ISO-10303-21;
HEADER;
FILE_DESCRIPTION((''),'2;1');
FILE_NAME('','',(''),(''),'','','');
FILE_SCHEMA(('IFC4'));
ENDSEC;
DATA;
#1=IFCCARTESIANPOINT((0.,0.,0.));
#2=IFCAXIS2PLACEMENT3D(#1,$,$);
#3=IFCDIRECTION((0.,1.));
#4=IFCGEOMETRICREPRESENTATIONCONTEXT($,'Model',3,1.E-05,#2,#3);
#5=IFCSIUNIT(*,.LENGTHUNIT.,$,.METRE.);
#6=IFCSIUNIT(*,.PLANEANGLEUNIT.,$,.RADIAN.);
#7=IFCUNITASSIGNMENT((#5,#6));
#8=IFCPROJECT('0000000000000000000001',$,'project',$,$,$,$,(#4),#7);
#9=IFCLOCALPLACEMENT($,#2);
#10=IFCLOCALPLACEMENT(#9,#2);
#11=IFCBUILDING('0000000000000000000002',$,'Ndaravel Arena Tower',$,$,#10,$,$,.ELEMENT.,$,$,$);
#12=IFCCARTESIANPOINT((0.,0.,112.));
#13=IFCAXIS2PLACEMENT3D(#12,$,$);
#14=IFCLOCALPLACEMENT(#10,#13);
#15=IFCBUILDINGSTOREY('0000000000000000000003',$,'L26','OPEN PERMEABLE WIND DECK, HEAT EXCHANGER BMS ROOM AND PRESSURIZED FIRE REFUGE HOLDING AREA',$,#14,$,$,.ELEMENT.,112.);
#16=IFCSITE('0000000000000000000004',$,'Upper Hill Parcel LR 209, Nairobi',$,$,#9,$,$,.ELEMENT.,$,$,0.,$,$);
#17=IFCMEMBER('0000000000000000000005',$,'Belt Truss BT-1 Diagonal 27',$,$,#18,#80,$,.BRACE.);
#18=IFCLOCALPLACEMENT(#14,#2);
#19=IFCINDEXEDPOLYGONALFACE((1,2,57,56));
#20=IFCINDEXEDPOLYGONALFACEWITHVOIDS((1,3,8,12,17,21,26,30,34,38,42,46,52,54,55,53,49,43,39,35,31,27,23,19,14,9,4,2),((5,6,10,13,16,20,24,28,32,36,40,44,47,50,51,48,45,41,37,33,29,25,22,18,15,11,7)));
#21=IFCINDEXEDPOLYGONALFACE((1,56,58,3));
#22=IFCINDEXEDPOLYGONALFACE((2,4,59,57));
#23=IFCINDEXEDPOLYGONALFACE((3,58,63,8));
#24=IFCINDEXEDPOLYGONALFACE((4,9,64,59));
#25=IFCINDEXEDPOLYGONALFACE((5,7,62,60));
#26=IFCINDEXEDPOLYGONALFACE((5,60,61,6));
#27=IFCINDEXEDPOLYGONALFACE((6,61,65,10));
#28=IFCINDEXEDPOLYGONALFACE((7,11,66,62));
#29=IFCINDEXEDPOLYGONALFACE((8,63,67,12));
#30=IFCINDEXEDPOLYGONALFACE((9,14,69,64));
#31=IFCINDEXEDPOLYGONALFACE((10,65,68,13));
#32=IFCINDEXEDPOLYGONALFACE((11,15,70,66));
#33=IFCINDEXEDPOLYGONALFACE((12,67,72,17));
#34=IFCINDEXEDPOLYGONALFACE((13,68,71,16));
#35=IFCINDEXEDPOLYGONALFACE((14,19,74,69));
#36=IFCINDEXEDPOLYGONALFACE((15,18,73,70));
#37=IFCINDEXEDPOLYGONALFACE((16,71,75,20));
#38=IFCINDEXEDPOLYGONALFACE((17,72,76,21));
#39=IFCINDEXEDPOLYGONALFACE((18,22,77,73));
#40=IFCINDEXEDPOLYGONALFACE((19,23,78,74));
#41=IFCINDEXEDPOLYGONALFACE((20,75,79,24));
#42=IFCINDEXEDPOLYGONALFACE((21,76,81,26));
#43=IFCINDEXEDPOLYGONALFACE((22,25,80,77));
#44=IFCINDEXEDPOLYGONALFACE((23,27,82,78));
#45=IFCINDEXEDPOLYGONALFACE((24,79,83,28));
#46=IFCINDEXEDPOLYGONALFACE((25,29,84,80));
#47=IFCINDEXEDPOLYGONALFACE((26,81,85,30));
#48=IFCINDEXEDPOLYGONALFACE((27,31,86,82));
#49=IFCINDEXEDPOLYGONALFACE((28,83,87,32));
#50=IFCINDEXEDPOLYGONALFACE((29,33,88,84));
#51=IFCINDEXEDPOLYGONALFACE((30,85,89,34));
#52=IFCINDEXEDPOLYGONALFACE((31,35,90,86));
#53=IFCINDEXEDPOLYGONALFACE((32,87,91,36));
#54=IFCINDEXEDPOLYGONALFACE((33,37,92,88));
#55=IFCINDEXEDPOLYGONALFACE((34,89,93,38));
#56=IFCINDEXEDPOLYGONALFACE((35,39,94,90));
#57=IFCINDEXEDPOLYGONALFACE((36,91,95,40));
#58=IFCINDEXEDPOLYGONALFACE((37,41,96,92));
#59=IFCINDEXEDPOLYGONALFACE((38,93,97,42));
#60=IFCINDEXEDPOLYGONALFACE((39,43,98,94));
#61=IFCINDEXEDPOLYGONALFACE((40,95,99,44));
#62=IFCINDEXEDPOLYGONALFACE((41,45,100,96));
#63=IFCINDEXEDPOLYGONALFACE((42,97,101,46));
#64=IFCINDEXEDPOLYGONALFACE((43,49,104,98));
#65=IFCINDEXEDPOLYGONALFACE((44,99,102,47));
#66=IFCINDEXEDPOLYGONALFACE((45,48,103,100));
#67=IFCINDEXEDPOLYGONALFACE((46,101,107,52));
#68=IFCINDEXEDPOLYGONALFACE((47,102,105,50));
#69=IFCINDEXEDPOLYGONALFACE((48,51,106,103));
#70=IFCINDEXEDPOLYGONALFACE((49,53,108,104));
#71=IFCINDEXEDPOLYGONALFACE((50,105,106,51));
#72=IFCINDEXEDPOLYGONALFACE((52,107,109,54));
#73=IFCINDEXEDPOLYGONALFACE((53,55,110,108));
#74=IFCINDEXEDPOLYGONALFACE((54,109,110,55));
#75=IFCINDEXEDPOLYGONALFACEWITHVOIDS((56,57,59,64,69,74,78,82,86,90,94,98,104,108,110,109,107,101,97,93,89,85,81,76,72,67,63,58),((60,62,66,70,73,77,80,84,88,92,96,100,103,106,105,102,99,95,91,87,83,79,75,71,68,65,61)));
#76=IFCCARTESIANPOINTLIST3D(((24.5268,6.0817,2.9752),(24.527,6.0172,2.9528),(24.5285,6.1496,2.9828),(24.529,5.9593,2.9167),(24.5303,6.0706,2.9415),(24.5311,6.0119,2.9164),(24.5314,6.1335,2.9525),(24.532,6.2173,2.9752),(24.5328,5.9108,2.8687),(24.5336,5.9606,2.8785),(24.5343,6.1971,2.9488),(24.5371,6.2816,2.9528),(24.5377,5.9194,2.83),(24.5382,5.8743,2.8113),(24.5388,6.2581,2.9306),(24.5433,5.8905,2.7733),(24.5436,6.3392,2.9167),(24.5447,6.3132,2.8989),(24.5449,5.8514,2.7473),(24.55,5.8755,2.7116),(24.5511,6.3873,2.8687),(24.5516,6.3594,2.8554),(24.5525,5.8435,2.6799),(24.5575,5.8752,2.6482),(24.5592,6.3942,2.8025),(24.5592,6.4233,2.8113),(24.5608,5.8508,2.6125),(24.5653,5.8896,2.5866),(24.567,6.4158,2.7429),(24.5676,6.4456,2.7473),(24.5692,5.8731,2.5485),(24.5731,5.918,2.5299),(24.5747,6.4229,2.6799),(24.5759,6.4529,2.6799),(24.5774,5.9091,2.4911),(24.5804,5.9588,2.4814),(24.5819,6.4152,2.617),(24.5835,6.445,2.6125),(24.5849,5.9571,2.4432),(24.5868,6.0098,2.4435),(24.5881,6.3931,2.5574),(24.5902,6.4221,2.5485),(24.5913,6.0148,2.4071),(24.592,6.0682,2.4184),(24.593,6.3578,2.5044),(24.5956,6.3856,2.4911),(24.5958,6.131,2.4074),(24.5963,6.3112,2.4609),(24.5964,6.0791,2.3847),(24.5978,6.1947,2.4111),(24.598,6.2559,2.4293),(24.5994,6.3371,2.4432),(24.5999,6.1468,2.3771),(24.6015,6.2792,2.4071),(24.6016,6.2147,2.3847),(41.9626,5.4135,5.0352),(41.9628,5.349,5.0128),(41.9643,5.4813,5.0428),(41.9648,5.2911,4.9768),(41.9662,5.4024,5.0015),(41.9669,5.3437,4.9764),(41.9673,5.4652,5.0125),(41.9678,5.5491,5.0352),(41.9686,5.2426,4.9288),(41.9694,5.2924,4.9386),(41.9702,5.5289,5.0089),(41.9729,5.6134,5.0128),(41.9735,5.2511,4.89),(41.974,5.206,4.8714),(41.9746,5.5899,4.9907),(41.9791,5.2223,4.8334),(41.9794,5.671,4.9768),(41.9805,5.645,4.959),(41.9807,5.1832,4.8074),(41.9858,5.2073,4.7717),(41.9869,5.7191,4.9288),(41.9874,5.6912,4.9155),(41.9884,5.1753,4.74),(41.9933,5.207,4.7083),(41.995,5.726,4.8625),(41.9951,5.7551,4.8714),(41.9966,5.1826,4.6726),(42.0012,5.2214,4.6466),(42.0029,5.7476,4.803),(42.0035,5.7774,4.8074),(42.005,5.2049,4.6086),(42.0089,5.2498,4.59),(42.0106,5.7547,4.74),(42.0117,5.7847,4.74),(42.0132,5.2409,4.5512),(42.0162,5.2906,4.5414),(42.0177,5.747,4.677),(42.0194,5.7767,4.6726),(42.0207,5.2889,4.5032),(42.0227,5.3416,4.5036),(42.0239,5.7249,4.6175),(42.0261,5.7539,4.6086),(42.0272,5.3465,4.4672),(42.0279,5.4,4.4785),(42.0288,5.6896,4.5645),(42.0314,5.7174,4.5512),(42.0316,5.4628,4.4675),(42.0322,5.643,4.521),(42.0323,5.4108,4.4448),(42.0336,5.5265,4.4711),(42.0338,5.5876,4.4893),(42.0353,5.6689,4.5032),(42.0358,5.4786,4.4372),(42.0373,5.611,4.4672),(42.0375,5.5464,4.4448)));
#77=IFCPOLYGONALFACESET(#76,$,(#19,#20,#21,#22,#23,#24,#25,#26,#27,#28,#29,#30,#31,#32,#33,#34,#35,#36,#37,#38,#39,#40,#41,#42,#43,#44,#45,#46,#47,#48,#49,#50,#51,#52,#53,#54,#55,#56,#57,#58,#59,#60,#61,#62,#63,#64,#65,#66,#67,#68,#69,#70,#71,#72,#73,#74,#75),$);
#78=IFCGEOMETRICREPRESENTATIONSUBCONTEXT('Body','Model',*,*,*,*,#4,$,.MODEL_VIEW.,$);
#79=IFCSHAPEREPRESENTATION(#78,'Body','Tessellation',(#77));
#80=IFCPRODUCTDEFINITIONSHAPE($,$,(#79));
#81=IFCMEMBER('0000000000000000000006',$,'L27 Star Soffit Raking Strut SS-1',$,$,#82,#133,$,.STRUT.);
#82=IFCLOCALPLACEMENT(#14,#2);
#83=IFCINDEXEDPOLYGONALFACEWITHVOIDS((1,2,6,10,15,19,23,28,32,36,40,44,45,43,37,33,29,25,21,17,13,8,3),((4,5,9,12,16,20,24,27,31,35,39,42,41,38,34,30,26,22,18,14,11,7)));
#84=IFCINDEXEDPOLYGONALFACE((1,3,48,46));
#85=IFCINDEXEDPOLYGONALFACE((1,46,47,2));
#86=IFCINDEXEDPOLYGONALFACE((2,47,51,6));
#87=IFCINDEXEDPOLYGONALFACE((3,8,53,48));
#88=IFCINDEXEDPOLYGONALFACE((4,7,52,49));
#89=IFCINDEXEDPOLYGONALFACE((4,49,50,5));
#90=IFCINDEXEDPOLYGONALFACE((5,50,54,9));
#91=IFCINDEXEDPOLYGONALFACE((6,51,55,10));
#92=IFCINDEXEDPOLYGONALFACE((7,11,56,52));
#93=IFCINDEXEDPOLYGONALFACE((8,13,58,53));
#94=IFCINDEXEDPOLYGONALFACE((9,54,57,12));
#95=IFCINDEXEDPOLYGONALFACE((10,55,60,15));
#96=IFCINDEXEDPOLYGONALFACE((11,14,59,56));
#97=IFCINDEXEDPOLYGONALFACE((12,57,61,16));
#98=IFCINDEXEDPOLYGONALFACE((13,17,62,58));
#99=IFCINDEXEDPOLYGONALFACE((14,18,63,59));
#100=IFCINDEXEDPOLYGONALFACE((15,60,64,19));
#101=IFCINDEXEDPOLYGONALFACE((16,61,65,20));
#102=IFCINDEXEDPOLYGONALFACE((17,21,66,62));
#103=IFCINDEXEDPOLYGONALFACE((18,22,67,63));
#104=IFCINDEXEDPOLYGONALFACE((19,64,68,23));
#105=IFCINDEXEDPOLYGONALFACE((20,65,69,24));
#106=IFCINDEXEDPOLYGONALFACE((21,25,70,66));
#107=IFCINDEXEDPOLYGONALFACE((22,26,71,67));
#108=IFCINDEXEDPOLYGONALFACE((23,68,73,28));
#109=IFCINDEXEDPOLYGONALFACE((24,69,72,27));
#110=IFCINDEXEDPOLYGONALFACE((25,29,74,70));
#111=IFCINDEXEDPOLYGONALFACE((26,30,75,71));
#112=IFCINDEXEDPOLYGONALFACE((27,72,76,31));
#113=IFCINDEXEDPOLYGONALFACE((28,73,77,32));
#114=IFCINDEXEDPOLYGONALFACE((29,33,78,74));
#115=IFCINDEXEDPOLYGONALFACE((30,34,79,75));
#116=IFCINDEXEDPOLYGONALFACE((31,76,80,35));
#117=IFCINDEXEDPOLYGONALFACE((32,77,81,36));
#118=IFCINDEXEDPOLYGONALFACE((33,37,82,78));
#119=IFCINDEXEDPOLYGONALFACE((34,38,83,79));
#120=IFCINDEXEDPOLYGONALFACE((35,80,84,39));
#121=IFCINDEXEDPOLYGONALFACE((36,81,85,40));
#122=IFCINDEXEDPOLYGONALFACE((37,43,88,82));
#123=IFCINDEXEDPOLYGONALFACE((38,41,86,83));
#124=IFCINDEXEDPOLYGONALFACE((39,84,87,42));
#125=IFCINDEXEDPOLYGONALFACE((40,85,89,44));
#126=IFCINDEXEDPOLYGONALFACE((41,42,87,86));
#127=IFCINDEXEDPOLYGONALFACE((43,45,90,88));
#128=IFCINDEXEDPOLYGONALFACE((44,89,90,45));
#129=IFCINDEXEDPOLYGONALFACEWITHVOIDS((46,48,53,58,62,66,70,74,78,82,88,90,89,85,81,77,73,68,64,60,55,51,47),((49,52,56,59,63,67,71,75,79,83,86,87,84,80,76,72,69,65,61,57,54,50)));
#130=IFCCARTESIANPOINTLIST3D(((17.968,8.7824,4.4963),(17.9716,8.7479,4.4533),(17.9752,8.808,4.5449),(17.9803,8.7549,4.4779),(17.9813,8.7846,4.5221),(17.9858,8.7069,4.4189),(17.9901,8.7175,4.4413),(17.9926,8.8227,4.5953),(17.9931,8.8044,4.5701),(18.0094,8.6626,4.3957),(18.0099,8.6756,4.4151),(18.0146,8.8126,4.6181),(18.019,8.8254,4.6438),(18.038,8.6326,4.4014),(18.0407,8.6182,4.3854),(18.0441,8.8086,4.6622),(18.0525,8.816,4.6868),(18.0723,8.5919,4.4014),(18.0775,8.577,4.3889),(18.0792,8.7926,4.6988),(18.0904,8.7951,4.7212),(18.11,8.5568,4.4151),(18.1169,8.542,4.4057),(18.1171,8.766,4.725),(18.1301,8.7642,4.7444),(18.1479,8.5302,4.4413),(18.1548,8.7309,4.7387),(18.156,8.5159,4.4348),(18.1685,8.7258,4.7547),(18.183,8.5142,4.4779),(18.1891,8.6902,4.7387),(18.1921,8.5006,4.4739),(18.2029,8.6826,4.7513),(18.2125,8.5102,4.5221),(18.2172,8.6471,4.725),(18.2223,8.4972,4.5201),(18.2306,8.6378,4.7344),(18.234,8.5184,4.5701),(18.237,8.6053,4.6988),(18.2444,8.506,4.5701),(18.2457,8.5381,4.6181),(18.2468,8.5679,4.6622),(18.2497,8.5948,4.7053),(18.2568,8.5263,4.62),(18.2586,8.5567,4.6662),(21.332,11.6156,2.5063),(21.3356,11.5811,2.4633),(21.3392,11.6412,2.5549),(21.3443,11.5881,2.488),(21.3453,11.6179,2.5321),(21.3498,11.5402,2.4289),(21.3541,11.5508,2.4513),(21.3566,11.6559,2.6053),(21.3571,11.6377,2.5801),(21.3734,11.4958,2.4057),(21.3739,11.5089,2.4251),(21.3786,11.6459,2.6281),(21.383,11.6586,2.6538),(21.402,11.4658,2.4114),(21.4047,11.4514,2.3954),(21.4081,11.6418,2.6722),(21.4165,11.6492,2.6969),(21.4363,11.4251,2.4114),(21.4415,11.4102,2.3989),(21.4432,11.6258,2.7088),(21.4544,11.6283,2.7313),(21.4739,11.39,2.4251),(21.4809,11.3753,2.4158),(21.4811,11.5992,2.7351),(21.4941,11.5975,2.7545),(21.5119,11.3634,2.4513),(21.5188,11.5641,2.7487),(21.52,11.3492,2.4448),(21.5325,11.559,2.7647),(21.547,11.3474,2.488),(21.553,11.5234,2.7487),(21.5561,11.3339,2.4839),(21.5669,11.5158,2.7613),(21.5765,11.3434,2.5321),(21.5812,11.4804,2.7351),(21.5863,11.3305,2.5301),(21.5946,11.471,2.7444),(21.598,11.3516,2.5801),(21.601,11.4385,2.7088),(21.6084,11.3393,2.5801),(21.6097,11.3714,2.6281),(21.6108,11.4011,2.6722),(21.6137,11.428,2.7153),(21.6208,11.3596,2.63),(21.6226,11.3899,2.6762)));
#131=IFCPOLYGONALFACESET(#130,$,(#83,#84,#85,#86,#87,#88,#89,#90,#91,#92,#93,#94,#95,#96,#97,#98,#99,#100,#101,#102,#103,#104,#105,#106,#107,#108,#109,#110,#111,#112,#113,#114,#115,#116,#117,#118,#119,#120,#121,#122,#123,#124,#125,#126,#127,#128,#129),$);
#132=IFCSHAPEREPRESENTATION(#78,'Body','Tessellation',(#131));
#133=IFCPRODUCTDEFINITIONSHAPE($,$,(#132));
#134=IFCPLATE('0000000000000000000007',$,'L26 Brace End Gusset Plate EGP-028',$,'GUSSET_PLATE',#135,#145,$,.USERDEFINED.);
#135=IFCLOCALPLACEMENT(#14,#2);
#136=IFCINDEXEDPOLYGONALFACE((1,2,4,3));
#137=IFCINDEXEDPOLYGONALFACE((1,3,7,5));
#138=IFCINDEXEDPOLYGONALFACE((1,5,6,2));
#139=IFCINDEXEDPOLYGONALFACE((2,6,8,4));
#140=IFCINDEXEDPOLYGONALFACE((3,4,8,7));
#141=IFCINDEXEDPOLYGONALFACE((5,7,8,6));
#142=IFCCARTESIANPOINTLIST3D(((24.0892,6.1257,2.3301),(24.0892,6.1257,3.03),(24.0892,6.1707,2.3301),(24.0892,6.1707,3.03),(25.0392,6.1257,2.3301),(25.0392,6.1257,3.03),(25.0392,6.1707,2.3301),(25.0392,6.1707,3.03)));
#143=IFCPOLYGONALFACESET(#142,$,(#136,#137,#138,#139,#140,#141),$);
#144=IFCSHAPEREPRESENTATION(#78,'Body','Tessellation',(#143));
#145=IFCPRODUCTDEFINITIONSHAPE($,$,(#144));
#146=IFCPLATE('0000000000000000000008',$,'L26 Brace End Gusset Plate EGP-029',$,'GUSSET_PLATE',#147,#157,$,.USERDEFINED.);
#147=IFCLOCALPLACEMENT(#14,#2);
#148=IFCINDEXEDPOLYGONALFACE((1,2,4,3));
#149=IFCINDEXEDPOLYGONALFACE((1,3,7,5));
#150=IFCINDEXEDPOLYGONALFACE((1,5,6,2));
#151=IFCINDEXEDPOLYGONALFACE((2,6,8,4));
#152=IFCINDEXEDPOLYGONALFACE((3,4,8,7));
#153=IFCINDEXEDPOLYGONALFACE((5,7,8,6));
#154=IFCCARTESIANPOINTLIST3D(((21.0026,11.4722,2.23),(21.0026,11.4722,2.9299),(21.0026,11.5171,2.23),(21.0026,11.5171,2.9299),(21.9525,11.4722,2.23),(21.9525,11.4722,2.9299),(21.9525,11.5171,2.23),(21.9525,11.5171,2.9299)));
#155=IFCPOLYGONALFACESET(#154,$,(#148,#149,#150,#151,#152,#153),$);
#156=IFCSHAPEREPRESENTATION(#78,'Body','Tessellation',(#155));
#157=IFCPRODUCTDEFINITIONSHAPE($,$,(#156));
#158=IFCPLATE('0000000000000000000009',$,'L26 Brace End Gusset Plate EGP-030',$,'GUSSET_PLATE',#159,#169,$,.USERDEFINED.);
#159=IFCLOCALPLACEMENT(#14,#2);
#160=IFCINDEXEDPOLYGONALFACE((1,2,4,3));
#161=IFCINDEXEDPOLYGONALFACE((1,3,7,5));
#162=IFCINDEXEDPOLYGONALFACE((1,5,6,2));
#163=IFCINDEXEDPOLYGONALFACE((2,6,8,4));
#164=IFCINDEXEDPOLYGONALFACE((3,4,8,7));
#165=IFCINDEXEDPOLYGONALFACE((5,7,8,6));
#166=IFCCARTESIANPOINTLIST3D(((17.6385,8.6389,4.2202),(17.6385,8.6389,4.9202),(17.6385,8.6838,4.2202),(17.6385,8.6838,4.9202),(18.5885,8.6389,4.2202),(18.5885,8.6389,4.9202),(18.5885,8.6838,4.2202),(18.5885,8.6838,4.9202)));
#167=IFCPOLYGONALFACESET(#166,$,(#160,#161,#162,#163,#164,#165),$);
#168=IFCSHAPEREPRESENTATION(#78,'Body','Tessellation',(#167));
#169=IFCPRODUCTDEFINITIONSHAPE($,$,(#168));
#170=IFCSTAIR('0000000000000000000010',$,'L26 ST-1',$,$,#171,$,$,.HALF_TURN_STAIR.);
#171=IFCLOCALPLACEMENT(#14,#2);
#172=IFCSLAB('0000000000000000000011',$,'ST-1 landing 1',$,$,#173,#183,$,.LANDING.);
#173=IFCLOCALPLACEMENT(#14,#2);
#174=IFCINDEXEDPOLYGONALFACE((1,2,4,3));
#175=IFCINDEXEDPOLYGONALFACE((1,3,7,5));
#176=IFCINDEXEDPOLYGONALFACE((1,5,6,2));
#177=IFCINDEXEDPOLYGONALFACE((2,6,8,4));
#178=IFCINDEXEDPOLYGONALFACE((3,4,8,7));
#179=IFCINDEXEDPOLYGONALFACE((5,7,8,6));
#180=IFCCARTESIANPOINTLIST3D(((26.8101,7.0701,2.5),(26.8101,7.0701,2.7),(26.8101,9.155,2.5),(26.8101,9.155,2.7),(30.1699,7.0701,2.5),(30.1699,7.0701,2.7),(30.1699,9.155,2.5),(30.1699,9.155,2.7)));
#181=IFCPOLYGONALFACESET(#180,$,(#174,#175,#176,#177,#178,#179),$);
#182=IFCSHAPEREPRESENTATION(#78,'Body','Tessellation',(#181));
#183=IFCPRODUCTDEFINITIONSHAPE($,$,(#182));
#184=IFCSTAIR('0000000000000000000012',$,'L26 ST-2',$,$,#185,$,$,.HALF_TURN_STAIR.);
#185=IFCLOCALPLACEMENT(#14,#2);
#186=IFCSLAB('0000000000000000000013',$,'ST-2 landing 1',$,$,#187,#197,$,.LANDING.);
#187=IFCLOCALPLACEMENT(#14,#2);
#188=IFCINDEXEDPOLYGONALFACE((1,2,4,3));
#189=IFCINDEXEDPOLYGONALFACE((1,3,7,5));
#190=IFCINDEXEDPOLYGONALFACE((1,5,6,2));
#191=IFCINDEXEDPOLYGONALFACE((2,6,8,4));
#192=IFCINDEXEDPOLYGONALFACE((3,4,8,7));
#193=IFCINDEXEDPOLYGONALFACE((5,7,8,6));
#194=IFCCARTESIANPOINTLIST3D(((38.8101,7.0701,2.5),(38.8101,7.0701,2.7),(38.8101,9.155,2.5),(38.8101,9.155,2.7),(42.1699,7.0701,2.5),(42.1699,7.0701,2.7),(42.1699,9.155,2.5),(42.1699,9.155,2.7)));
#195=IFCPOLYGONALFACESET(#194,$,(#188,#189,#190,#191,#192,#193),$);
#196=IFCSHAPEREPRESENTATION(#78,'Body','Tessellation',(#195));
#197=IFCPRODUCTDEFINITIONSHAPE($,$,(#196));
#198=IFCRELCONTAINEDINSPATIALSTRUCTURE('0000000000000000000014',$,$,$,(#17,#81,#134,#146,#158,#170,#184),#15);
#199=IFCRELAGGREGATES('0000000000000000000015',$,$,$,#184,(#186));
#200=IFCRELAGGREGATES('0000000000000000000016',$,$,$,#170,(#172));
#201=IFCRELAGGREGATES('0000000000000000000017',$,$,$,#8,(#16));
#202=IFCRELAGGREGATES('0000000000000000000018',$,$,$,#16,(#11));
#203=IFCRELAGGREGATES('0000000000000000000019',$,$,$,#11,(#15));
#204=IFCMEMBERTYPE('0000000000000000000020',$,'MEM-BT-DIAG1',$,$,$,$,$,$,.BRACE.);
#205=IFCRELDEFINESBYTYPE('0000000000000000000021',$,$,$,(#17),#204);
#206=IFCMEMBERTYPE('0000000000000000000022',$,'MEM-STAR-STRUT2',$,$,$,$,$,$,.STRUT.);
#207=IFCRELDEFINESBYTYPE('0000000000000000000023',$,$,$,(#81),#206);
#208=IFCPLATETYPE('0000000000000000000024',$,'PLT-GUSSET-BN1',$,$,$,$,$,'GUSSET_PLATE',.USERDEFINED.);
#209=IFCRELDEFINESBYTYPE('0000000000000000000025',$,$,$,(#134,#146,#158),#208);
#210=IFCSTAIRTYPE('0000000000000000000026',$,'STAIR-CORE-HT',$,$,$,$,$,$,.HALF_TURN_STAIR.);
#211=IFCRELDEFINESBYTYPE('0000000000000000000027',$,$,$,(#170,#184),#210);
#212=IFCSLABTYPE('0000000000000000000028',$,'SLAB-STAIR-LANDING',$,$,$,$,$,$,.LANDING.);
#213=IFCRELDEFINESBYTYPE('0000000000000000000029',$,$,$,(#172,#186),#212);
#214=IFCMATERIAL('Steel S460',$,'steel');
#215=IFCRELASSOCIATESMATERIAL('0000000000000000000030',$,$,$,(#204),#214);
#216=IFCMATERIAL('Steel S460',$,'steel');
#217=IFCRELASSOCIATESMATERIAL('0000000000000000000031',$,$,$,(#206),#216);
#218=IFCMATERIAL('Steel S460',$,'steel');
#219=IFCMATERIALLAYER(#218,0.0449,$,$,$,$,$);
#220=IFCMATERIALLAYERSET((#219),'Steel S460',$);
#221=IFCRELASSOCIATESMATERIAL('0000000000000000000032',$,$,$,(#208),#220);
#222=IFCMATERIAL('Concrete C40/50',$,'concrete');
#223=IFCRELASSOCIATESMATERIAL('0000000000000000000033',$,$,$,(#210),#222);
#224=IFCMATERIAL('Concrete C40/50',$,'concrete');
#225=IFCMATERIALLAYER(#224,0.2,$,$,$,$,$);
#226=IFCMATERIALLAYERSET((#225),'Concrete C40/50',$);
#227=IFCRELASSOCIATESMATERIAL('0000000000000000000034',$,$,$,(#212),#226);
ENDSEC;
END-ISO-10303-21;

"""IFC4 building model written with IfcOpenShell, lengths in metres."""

from ifc_helpers import new_model, si_unit, direction, frame, origin, origin_2d, place, context, subcontext, project, spatial, polyline, rectangle, hollow_circle, outline, extrude, material, layer, layer_set, material_profile, profile_set, type_object, element, aggregate, save


model = new_model("IFC4")

# Units and contexts
model_context = context("Model", 3, precision=1e-05, world=origin(), true_north=direction((0.0, 1.0)))
body_context = subcontext(model_context, "Body", "Model", "MODEL_VIEW")
ifc_project = project(units=[si_unit("LENGTHUNIT", "METRE"), si_unit("PLANEANGLEUNIT", "RADIAN")], contexts=[model_context])

# Site, building, storey
site_placement = place(None, origin())
site = spatial("IfcSite", under=ifc_project, at=site_placement, Name="Upper Hill Parcel LR 209, Nairobi", CompositionType="ELEMENT", RefElevation=0.0)
building_placement = place(site_placement, origin())
building = spatial("IfcBuilding", under=site, at=building_placement, Name="Ndaravel Arena Tower", CompositionType="ELEMENT")
storey_placement = place(building_placement, frame((0.0, 0.0, 112.0)))
storey = spatial("IfcBuildingStorey", under=building, at=storey_placement, Name="L26", Description="OPEN PERMEABLE WIND DECK, HEAT EXCHANGER BMS ROOM AND PRESSURIZED FIRE REFUGE HOLDING AREA", CompositionType="ELEMENT", Elevation=112.0)

# Members
ifc_material_1 = material(Name="Steel S460", Category="steel")
ifc_material_profile_1 = material_profile(ifc_material_1, hollow_circle(Radius=0.3049, WallThickness=0.03, at=origin_2d()), Name="CHS 610x30")
ifc_profile_set_1 = profile_set([ifc_material_profile_1], Name="Steel S460")
member_type_1 = type_object("IfcMemberType", Name="MEM-BT-DIAG1", PredefinedType="BRACE", material=ifc_profile_set_1)
member_1_placement = place(storey_placement, frame((24.5642, 6.1482, 2.6799), z_axis=(0.992374, -0.038032, 0.11725), x_axis=(0.038296, 0.999266, 0.0)))
element("IfcMember", 1, at=member_1_placement, inside=storey, type_object=member_type_1, Name="Belt Truss BT-1 Diagonal 27", PredefinedType="BRACE", context=body_context, shape_type="SweptSolid", body=[
    extrude(hollow_circle(Radius=0.3049, WallThickness=0.03, at=origin_2d()), origin(), (0.0, 0.0, 1.0), 17.5698),
])
ifc_material_2 = material(Name="Steel S460", Category="steel")
ifc_material_profile_2 = material_profile(ifc_material_2, hollow_circle(Radius=0.2031, WallThickness=0.0161, at=origin_2d()), Name="CHS 406.4x16")
ifc_profile_set_2 = profile_set([ifc_material_profile_2], Name="Steel S460")
member_type_2 = type_object("IfcMemberType", Name="MEM-STAR-STRUT2", PredefinedType="STRUT", material=ifc_profile_set_2)
member_2_placement = place(storey_placement, frame((21.4775, 11.4946, 2.5801), z_axis=(-0.696856, -0.586908, 0.412227), x_axis=(0.644189, -0.764867, 0.0)))
element("IfcMember", 2, at=member_2_placement, inside=storey, type_object=member_type_2, Name="L27 Star Soffit Raking Strut SS-1", PredefinedType="STRUT", context=body_context, shape_type="SweptSolid", body=[
    extrude(hollow_circle(Radius=0.2031, WallThickness=0.0161, at=origin_2d()), origin(), (0.0, 0.0, 1.0), 4.8274),
])

# Plates
ifc_material_3 = material(Name="Steel S460", Category="steel")
ifc_layer_1 = layer(ifc_material_3, 0.0449)
ifc_layer_set_1 = layer_set([ifc_layer_1], Name="Steel S460")
plate_type = type_object("IfcPlateType", Name="PLT-GUSSET-BN1", ElementType="GUSSET_PLATE", PredefinedType="USERDEFINED", material=ifc_layer_set_1)
for number, where, z_axis, x_axis, name in (
    (3, (24.5642, 6.1482, 2.3301), (0.0, 0.0, 1.0), (1.0, 0.0, 0.0), "L26 Brace End Gusset Plate EGP-028"),
    (4, (21.4775, 11.4946, 2.23), (0.0, 0.0, 1.0), (1.0, 0.0, 0.0), "L26 Brace End Gusset Plate EGP-029"),
    (5, (18.1135, 8.6614, 4.2202), (0.0, 0.0, 1.0), (1.0, 0.0, 0.0), "L26 Brace End Gusset Plate EGP-030"),
):
    element("IfcPlate", number, at=place(storey_placement, frame(where, z_axis=z_axis, x_axis=x_axis)), inside=storey, type_object=plate_type, Name=name, ObjectType="GUSSET_PLATE", PredefinedType="USERDEFINED", context=body_context, shape_type="SweptSolid", body=[
        extrude(rectangle(XDim=0.95, YDim=0.0449, at=origin_2d()), origin(), (0.0, 0.0, 1.0), 0.7),
    ])

# Stairs, slabs
ifc_material_4 = material(Name="Concrete C40/50", Category="concrete")
stair_type = type_object("IfcStairType", Name="STAIR-CORE-HT", PredefinedType="HALF_TURN_STAIR", material=ifc_material_4)
stair_1_placement = place(storey_placement, origin())
stair_1 = element("IfcStair", 6, at=stair_1_placement, inside=storey, type_object=stair_type, Name="L26 ST-1", PredefinedType="HALF_TURN_STAIR")
ifc_material_5 = material(Name="Concrete C40/50", Category="concrete")
ifc_layer_2 = layer(ifc_material_5, 0.2)
ifc_layer_set_2 = layer_set([ifc_layer_2], Name="Concrete C40/50")
slab_type_1 = type_object("IfcSlabType", Name="SLAB-STAIR-LANDING", PredefinedType="LANDING", material=ifc_layer_set_2)
slab_1_placement = place(storey_placement, frame((0.0, 0.0, 2.5)))
slab_1 = element("IfcSlab", 7, at=slab_1_placement, type_object=slab_type_1, Name="ST-1 landing 1", PredefinedType="LANDING", context=body_context, shape_type="SweptSolid", body=[
    extrude(outline(polyline([(26.8101, 9.155), (26.8101, 7.0701), (30.1699, 7.0701), (30.1699, 9.155), (26.8101, 9.155)])), origin(), (0.0, 0.0, 1.0), 0.2),
])
stair_2_placement = place(storey_placement, origin())
stair_2 = element("IfcStair", 8, at=stair_2_placement, inside=storey, type_object=stair_type, Name="L26 ST-2", PredefinedType="HALF_TURN_STAIR")
slab_2_placement = place(storey_placement, frame((0.0, 0.0, 2.5)))
slab_2 = element("IfcSlab", 9, at=slab_2_placement, type_object=slab_type_1, Name="ST-2 landing 1", PredefinedType="LANDING", context=body_context, shape_type="SweptSolid", body=[
    extrude(outline(polyline([(38.8101, 9.155), (38.8101, 7.0701), (42.1699, 7.0701), (42.1699, 9.155), (38.8101, 9.155)])), origin(), (0.0, 0.0, 1.0), 0.2),
])
aggregate(stair_2, [slab_2])

aggregate(stair_1, [slab_1])

save(model, "model.ifc")
